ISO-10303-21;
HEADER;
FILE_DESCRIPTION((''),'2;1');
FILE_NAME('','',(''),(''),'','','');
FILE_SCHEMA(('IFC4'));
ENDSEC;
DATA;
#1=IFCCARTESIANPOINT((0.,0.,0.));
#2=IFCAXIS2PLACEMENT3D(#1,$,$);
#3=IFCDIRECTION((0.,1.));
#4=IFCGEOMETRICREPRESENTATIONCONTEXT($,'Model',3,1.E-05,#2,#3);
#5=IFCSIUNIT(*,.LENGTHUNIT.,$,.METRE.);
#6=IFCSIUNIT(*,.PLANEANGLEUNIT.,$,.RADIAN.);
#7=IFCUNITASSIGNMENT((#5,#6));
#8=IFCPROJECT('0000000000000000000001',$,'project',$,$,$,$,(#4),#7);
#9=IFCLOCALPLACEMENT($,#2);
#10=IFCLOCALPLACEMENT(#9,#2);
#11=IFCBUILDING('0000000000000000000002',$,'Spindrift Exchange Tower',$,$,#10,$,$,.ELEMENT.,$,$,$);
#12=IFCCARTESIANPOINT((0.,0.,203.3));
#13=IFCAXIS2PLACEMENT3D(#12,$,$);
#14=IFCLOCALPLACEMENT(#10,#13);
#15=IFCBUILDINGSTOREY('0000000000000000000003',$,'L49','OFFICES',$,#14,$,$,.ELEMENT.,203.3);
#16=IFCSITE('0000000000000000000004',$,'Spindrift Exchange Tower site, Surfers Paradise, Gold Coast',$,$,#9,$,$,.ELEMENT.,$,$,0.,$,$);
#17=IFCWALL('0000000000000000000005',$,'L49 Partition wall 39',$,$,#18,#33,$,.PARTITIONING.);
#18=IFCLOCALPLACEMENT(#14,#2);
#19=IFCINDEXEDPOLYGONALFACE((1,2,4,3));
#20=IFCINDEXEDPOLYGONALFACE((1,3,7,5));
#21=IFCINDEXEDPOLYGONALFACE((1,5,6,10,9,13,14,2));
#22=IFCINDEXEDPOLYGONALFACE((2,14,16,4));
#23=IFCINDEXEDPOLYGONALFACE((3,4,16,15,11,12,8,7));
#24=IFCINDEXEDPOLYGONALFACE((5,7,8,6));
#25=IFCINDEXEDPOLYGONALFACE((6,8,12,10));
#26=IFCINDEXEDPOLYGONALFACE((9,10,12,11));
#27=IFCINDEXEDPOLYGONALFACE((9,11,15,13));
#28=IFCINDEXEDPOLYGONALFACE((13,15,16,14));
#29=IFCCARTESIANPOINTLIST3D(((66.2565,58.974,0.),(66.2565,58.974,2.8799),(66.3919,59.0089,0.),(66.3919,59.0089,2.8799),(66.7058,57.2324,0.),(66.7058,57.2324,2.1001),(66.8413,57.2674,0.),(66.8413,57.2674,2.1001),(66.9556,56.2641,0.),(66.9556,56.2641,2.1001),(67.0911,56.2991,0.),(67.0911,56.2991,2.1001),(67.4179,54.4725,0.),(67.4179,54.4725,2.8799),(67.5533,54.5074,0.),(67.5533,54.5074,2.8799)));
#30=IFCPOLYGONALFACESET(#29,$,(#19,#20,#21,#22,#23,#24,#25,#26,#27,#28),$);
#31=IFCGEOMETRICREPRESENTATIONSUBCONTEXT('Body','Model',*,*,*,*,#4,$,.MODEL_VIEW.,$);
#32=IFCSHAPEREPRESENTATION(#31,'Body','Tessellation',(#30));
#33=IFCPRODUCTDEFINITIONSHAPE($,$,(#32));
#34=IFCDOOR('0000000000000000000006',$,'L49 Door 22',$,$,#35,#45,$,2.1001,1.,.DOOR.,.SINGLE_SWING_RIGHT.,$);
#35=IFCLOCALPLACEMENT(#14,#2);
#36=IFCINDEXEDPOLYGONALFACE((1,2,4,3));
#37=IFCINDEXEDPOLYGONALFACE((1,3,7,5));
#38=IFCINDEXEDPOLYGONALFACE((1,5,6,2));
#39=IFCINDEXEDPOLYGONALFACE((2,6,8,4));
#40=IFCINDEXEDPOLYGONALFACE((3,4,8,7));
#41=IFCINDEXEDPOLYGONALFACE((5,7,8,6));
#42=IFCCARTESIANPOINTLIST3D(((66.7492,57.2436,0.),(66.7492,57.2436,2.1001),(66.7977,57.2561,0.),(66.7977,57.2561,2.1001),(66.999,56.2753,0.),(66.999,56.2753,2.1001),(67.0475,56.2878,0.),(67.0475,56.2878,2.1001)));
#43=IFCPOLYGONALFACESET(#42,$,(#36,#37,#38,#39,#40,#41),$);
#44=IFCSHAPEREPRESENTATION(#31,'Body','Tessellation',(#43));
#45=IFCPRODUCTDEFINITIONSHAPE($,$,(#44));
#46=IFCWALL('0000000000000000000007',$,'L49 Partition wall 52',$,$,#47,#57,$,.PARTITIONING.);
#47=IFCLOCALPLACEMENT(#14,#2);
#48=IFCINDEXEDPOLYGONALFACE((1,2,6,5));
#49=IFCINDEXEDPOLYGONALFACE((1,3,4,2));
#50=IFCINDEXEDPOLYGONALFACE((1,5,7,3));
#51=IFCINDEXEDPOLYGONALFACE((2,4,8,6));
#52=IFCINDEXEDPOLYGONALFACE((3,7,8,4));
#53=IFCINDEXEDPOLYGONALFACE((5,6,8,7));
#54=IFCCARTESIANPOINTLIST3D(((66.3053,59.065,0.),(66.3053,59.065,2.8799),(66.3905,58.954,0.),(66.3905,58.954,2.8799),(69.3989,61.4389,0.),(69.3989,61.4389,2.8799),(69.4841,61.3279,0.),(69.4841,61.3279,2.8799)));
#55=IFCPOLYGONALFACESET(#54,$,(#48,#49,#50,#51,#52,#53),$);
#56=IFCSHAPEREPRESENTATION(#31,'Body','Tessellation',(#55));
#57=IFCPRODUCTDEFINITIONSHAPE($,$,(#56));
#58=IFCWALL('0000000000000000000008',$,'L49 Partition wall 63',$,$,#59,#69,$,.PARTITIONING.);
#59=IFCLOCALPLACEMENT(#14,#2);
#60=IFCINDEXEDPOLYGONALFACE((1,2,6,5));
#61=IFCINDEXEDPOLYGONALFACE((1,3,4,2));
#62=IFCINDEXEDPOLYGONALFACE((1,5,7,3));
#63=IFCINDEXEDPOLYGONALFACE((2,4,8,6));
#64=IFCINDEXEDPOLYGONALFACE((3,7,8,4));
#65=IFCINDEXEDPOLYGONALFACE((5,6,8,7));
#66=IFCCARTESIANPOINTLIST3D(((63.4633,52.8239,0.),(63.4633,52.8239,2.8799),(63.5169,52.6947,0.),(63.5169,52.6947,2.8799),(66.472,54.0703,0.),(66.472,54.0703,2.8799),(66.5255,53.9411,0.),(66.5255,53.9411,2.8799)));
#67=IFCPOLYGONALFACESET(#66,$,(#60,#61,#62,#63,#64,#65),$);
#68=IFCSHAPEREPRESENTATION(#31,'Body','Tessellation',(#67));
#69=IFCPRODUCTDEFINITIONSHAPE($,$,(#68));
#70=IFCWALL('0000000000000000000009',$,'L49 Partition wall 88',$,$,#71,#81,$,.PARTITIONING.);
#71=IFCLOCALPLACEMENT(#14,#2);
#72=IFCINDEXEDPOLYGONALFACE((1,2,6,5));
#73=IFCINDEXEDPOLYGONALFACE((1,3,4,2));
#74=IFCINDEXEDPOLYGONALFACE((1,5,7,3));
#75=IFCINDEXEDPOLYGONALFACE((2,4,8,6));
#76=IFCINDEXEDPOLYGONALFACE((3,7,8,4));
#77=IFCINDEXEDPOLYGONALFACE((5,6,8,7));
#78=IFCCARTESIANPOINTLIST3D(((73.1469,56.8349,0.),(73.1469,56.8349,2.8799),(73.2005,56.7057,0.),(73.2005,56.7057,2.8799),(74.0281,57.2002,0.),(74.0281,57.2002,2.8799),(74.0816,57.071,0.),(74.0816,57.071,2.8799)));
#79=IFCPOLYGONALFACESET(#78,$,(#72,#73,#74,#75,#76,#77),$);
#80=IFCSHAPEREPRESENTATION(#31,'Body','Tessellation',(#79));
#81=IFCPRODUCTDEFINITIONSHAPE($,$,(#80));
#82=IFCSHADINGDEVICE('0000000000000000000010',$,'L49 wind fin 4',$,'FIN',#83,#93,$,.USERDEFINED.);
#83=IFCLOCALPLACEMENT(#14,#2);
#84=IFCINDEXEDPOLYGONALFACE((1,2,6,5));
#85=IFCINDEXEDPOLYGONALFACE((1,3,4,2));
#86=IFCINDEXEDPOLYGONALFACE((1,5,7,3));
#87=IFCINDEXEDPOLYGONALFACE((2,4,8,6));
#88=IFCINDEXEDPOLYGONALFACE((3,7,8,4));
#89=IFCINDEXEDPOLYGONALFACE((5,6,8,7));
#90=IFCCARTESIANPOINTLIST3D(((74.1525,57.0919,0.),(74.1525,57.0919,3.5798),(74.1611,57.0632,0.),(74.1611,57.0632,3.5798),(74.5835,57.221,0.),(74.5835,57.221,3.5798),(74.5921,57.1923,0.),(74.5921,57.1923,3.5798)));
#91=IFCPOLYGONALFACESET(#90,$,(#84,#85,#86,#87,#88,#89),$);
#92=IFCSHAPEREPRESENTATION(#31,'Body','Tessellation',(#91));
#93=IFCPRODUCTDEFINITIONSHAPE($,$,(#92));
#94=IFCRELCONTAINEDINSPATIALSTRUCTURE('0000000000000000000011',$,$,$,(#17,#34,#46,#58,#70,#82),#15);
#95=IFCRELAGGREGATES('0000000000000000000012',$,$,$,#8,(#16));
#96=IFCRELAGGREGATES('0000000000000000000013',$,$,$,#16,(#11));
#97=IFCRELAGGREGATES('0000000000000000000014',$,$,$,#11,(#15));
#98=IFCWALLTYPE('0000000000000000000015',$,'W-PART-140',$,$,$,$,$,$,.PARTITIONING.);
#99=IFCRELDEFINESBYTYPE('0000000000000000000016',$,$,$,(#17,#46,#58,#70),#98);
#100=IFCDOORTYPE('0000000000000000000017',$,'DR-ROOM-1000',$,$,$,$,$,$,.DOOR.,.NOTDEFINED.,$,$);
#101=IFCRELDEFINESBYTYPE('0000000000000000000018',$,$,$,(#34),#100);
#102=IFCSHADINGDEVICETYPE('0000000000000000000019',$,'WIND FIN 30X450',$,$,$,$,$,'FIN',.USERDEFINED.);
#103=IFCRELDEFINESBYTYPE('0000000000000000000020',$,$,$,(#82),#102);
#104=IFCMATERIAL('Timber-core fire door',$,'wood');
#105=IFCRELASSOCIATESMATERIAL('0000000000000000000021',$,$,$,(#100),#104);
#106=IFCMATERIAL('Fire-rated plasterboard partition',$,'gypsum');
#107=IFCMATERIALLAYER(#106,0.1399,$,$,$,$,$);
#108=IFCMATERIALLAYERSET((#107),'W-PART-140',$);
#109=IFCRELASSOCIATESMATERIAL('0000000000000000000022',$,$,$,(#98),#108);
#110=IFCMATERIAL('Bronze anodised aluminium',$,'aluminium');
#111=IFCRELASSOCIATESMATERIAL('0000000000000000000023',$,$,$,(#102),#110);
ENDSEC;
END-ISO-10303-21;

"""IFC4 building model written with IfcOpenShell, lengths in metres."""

from ifc_helpers import new_model, si_unit, direction, frame, frame_2d, origin, origin_2d, place, context, subcontext, project, spatial, rectangle, extrude, source, transform, mapped, material, layer, layer_set, material_profile, profile_set, type_object, element, fill, save


model = new_model("IFC4")

# Units and contexts
model_context = context("Model", 3, precision=1e-05, world=origin(), true_north=direction((0.0, 1.0)))
body_context = subcontext(model_context, "Body", "Model", "MODEL_VIEW")
ifc_project = project(units=[si_unit("LENGTHUNIT", "METRE"), si_unit("PLANEANGLEUNIT", "RADIAN")], contexts=[model_context])

# Site, building, storey
site_placement = place(None, origin())
site = spatial("IfcSite", under=ifc_project, at=site_placement, Name="Spindrift Exchange Tower site, Surfers Paradise, Gold Coast", CompositionType="ELEMENT", RefElevation=0.0)
building_placement = place(site_placement, origin())
building = spatial("IfcBuilding", under=site, at=building_placement, Name="Spindrift Exchange Tower", CompositionType="ELEMENT")
storey_placement = place(building_placement, frame((0.0, 0.0, 203.3)))
storey = spatial("IfcBuildingStorey", under=building, at=storey_placement, Name="L49", Description="OFFICES", CompositionType="ELEMENT", Elevation=203.3)

# Shared definitions
ifc_material_1 = material(Name="Bronze anodised aluminium", Category="aluminium")

# Shared definitions
ifc_material_2 = material(Name="Fire-rated plasterboard partition", Category="gypsum")
ifc_material_3 = material(Name="Timber-core fire door", Category="wood")
door_type_1 = type_object("IfcDoorType", Name="DR-ROOM-1000", OperationType="NOTDEFINED", PredefinedType="DOOR", material=ifc_material_3)
shared_shape_1 = source(origin(), body_context, "Body", "SweptSolid", [
    extrude(rectangle(XDim=1.0, YDim=2.1001, at=frame_2d((0.5, 1.05))), frame((0.0, 0.0249, 0.0), z_axis=(0.0, -1.0, 0.0), x_axis=(1.0, 0.0, 0.0)), (0.0, 0.0, 1.0), 0.05),
])

# Wall, opening, door
ifc_layer_1 = layer(ifc_material_2, 0.1399)
ifc_layer_set_1 = layer_set([ifc_layer_1], Name="W-PART-140")
wall_type_1 = type_object("IfcWallType", Name="W-PART-140", PredefinedType="PARTITIONING", material=ifc_layer_set_1)
wall_1_placement = place(storey_placement, frame((66.3242, 58.9915, 0.0), z_axis=(0.0, 0.0, 1.0), x_axis=(0.249819, -0.968292, 0.0)))
wall_1 = element("IfcWall", 1, at=wall_1_placement, inside=storey, type_object=wall_type_1, Name="L49 Partition wall 39", PredefinedType="PARTITIONING", context=body_context, shape_type="SweptSolid", body=[
    extrude(rectangle(XDim=4.6489, YDim=0.1399, at=frame_2d((2.3245, 0.0))), origin(), (0.0, 0.0, 1.0), 2.8799),
])
opening_1_placement = place(wall_1_placement, frame((1.7986, 0.0, 0.0)))
opening_1 = element("IfcOpeningElement", 2, at=opening_1_placement, cuts=wall_1, PredefinedType="OPENING", context=body_context, shape_type="SweptSolid", body=[
    extrude(rectangle(XDim=1.0, YDim=2.1001, at=frame_2d((0.5, 1.05))), frame((0.0, 0.0798, 0.0), z_axis=(0.0, -1.0, 0.0), x_axis=(1.0, 0.0, 0.0)), (0.0, 0.0, 1.0), 0.1599),
])
door_1_placement = place(opening_1_placement, origin())
door_1 = element("IfcDoor", 3, at=door_1_placement, inside=storey, type_object=door_type_1, Name="L49 Door 22", OperationType="SINGLE_SWING_RIGHT", OverallHeight=2.1001, OverallWidth=1.0, PredefinedType="DOOR", context=body_context, shape_type="MappedRepresentation", body=[
    mapped(shared_shape_1, transform((0.0, 0.0, 0.0), scale=1.0)),
])
fill(opening_1, door_1)

# Walls
wall_2_placement = place(storey_placement, frame((66.3479, 59.0095, 0.0), z_axis=(0.0, 0.0, 1.0), x_axis=(0.793347, 0.608769, 0.0)))
element("IfcWall", 4, at=wall_2_placement, inside=storey, type_object=wall_type_1, Name="L49 Partition wall 52", PredefinedType="PARTITIONING", context=body_context, shape_type="SweptSolid", body=[
    extrude(rectangle(XDim=3.8994, YDim=0.1399, at=frame_2d((1.9497, 0.0))), origin(), (0.0, 0.0, 1.0), 2.8799),
])
wall_3_placement = place(storey_placement, frame((63.49, 52.7593, 0.0), z_axis=(0.0, 0.0, 1.0), x_axis=(0.923862, 0.382725, 0.0)))
element("IfcWall", 5, at=wall_3_placement, inside=storey, type_object=wall_type_1, Name="L49 Partition wall 63", PredefinedType="PARTITIONING", context=body_context, shape_type="SweptSolid", body=[
    extrude(rectangle(XDim=3.2566, YDim=0.1399, at=frame_2d((1.6284, 0.0))), origin(), (0.0, 0.0, 1.0), 2.8799),
])
wall_4_placement = place(storey_placement, frame((73.1736, 56.7703, 0.0), z_axis=(0.0, 0.0, 1.0), x_axis=(0.92378, 0.382924, 0.0)))
element("IfcWall", 6, at=wall_4_placement, inside=storey, type_object=wall_type_1, Name="L49 Partition wall 88", PredefinedType="PARTITIONING", context=body_context, shape_type="SweptSolid", body=[
    extrude(rectangle(XDim=0.9539, YDim=0.1399, at=frame_2d((0.4771, 0.0))), origin(), (0.0, 0.0, 1.0), 2.8799),
])

# Shading device
ifc_material_profile_1 = material_profile(ifc_material_1, rectangle(XDim=0.03, YDim=0.45, at=origin_2d()), Name="WIND FIN 30X450")
ifc_profile_set_1 = profile_set([ifc_material_profile_1], Name="Bronze anodised aluminium")
shading_device_type = type_object("IfcShadingDeviceType", Name="WIND FIN 30X450", ElementType="FIN", PredefinedType="USERDEFINED", material=ifc_profile_set_1)
shared_shape_2 = source(origin(), body_context, "Body", "SweptSolid", [
    extrude(rectangle(XDim=0.03, YDim=0.45, at=origin_2d()), origin(), (0.0, 0.0, 1.0), 3.5798),
])
shading_device_placement = place(storey_placement, frame((74.3723, 57.1421, 0.0), z_axis=(0.0, 0.0, 1.0), x_axis=(-0.286901, 0.95796, 0.0)))
element("IfcShadingDevice", 7, at=shading_device_placement, inside=storey, type_object=shading_device_type, Name="L49 wind fin 4", ObjectType="FIN", PredefinedType="USERDEFINED", context=body_context, shape_type="MappedRepresentation", body=[
    mapped(shared_shape_2, transform((0.0, 0.0, 0.0), scale=1.0)),
])

save(model, "model.ifc")
